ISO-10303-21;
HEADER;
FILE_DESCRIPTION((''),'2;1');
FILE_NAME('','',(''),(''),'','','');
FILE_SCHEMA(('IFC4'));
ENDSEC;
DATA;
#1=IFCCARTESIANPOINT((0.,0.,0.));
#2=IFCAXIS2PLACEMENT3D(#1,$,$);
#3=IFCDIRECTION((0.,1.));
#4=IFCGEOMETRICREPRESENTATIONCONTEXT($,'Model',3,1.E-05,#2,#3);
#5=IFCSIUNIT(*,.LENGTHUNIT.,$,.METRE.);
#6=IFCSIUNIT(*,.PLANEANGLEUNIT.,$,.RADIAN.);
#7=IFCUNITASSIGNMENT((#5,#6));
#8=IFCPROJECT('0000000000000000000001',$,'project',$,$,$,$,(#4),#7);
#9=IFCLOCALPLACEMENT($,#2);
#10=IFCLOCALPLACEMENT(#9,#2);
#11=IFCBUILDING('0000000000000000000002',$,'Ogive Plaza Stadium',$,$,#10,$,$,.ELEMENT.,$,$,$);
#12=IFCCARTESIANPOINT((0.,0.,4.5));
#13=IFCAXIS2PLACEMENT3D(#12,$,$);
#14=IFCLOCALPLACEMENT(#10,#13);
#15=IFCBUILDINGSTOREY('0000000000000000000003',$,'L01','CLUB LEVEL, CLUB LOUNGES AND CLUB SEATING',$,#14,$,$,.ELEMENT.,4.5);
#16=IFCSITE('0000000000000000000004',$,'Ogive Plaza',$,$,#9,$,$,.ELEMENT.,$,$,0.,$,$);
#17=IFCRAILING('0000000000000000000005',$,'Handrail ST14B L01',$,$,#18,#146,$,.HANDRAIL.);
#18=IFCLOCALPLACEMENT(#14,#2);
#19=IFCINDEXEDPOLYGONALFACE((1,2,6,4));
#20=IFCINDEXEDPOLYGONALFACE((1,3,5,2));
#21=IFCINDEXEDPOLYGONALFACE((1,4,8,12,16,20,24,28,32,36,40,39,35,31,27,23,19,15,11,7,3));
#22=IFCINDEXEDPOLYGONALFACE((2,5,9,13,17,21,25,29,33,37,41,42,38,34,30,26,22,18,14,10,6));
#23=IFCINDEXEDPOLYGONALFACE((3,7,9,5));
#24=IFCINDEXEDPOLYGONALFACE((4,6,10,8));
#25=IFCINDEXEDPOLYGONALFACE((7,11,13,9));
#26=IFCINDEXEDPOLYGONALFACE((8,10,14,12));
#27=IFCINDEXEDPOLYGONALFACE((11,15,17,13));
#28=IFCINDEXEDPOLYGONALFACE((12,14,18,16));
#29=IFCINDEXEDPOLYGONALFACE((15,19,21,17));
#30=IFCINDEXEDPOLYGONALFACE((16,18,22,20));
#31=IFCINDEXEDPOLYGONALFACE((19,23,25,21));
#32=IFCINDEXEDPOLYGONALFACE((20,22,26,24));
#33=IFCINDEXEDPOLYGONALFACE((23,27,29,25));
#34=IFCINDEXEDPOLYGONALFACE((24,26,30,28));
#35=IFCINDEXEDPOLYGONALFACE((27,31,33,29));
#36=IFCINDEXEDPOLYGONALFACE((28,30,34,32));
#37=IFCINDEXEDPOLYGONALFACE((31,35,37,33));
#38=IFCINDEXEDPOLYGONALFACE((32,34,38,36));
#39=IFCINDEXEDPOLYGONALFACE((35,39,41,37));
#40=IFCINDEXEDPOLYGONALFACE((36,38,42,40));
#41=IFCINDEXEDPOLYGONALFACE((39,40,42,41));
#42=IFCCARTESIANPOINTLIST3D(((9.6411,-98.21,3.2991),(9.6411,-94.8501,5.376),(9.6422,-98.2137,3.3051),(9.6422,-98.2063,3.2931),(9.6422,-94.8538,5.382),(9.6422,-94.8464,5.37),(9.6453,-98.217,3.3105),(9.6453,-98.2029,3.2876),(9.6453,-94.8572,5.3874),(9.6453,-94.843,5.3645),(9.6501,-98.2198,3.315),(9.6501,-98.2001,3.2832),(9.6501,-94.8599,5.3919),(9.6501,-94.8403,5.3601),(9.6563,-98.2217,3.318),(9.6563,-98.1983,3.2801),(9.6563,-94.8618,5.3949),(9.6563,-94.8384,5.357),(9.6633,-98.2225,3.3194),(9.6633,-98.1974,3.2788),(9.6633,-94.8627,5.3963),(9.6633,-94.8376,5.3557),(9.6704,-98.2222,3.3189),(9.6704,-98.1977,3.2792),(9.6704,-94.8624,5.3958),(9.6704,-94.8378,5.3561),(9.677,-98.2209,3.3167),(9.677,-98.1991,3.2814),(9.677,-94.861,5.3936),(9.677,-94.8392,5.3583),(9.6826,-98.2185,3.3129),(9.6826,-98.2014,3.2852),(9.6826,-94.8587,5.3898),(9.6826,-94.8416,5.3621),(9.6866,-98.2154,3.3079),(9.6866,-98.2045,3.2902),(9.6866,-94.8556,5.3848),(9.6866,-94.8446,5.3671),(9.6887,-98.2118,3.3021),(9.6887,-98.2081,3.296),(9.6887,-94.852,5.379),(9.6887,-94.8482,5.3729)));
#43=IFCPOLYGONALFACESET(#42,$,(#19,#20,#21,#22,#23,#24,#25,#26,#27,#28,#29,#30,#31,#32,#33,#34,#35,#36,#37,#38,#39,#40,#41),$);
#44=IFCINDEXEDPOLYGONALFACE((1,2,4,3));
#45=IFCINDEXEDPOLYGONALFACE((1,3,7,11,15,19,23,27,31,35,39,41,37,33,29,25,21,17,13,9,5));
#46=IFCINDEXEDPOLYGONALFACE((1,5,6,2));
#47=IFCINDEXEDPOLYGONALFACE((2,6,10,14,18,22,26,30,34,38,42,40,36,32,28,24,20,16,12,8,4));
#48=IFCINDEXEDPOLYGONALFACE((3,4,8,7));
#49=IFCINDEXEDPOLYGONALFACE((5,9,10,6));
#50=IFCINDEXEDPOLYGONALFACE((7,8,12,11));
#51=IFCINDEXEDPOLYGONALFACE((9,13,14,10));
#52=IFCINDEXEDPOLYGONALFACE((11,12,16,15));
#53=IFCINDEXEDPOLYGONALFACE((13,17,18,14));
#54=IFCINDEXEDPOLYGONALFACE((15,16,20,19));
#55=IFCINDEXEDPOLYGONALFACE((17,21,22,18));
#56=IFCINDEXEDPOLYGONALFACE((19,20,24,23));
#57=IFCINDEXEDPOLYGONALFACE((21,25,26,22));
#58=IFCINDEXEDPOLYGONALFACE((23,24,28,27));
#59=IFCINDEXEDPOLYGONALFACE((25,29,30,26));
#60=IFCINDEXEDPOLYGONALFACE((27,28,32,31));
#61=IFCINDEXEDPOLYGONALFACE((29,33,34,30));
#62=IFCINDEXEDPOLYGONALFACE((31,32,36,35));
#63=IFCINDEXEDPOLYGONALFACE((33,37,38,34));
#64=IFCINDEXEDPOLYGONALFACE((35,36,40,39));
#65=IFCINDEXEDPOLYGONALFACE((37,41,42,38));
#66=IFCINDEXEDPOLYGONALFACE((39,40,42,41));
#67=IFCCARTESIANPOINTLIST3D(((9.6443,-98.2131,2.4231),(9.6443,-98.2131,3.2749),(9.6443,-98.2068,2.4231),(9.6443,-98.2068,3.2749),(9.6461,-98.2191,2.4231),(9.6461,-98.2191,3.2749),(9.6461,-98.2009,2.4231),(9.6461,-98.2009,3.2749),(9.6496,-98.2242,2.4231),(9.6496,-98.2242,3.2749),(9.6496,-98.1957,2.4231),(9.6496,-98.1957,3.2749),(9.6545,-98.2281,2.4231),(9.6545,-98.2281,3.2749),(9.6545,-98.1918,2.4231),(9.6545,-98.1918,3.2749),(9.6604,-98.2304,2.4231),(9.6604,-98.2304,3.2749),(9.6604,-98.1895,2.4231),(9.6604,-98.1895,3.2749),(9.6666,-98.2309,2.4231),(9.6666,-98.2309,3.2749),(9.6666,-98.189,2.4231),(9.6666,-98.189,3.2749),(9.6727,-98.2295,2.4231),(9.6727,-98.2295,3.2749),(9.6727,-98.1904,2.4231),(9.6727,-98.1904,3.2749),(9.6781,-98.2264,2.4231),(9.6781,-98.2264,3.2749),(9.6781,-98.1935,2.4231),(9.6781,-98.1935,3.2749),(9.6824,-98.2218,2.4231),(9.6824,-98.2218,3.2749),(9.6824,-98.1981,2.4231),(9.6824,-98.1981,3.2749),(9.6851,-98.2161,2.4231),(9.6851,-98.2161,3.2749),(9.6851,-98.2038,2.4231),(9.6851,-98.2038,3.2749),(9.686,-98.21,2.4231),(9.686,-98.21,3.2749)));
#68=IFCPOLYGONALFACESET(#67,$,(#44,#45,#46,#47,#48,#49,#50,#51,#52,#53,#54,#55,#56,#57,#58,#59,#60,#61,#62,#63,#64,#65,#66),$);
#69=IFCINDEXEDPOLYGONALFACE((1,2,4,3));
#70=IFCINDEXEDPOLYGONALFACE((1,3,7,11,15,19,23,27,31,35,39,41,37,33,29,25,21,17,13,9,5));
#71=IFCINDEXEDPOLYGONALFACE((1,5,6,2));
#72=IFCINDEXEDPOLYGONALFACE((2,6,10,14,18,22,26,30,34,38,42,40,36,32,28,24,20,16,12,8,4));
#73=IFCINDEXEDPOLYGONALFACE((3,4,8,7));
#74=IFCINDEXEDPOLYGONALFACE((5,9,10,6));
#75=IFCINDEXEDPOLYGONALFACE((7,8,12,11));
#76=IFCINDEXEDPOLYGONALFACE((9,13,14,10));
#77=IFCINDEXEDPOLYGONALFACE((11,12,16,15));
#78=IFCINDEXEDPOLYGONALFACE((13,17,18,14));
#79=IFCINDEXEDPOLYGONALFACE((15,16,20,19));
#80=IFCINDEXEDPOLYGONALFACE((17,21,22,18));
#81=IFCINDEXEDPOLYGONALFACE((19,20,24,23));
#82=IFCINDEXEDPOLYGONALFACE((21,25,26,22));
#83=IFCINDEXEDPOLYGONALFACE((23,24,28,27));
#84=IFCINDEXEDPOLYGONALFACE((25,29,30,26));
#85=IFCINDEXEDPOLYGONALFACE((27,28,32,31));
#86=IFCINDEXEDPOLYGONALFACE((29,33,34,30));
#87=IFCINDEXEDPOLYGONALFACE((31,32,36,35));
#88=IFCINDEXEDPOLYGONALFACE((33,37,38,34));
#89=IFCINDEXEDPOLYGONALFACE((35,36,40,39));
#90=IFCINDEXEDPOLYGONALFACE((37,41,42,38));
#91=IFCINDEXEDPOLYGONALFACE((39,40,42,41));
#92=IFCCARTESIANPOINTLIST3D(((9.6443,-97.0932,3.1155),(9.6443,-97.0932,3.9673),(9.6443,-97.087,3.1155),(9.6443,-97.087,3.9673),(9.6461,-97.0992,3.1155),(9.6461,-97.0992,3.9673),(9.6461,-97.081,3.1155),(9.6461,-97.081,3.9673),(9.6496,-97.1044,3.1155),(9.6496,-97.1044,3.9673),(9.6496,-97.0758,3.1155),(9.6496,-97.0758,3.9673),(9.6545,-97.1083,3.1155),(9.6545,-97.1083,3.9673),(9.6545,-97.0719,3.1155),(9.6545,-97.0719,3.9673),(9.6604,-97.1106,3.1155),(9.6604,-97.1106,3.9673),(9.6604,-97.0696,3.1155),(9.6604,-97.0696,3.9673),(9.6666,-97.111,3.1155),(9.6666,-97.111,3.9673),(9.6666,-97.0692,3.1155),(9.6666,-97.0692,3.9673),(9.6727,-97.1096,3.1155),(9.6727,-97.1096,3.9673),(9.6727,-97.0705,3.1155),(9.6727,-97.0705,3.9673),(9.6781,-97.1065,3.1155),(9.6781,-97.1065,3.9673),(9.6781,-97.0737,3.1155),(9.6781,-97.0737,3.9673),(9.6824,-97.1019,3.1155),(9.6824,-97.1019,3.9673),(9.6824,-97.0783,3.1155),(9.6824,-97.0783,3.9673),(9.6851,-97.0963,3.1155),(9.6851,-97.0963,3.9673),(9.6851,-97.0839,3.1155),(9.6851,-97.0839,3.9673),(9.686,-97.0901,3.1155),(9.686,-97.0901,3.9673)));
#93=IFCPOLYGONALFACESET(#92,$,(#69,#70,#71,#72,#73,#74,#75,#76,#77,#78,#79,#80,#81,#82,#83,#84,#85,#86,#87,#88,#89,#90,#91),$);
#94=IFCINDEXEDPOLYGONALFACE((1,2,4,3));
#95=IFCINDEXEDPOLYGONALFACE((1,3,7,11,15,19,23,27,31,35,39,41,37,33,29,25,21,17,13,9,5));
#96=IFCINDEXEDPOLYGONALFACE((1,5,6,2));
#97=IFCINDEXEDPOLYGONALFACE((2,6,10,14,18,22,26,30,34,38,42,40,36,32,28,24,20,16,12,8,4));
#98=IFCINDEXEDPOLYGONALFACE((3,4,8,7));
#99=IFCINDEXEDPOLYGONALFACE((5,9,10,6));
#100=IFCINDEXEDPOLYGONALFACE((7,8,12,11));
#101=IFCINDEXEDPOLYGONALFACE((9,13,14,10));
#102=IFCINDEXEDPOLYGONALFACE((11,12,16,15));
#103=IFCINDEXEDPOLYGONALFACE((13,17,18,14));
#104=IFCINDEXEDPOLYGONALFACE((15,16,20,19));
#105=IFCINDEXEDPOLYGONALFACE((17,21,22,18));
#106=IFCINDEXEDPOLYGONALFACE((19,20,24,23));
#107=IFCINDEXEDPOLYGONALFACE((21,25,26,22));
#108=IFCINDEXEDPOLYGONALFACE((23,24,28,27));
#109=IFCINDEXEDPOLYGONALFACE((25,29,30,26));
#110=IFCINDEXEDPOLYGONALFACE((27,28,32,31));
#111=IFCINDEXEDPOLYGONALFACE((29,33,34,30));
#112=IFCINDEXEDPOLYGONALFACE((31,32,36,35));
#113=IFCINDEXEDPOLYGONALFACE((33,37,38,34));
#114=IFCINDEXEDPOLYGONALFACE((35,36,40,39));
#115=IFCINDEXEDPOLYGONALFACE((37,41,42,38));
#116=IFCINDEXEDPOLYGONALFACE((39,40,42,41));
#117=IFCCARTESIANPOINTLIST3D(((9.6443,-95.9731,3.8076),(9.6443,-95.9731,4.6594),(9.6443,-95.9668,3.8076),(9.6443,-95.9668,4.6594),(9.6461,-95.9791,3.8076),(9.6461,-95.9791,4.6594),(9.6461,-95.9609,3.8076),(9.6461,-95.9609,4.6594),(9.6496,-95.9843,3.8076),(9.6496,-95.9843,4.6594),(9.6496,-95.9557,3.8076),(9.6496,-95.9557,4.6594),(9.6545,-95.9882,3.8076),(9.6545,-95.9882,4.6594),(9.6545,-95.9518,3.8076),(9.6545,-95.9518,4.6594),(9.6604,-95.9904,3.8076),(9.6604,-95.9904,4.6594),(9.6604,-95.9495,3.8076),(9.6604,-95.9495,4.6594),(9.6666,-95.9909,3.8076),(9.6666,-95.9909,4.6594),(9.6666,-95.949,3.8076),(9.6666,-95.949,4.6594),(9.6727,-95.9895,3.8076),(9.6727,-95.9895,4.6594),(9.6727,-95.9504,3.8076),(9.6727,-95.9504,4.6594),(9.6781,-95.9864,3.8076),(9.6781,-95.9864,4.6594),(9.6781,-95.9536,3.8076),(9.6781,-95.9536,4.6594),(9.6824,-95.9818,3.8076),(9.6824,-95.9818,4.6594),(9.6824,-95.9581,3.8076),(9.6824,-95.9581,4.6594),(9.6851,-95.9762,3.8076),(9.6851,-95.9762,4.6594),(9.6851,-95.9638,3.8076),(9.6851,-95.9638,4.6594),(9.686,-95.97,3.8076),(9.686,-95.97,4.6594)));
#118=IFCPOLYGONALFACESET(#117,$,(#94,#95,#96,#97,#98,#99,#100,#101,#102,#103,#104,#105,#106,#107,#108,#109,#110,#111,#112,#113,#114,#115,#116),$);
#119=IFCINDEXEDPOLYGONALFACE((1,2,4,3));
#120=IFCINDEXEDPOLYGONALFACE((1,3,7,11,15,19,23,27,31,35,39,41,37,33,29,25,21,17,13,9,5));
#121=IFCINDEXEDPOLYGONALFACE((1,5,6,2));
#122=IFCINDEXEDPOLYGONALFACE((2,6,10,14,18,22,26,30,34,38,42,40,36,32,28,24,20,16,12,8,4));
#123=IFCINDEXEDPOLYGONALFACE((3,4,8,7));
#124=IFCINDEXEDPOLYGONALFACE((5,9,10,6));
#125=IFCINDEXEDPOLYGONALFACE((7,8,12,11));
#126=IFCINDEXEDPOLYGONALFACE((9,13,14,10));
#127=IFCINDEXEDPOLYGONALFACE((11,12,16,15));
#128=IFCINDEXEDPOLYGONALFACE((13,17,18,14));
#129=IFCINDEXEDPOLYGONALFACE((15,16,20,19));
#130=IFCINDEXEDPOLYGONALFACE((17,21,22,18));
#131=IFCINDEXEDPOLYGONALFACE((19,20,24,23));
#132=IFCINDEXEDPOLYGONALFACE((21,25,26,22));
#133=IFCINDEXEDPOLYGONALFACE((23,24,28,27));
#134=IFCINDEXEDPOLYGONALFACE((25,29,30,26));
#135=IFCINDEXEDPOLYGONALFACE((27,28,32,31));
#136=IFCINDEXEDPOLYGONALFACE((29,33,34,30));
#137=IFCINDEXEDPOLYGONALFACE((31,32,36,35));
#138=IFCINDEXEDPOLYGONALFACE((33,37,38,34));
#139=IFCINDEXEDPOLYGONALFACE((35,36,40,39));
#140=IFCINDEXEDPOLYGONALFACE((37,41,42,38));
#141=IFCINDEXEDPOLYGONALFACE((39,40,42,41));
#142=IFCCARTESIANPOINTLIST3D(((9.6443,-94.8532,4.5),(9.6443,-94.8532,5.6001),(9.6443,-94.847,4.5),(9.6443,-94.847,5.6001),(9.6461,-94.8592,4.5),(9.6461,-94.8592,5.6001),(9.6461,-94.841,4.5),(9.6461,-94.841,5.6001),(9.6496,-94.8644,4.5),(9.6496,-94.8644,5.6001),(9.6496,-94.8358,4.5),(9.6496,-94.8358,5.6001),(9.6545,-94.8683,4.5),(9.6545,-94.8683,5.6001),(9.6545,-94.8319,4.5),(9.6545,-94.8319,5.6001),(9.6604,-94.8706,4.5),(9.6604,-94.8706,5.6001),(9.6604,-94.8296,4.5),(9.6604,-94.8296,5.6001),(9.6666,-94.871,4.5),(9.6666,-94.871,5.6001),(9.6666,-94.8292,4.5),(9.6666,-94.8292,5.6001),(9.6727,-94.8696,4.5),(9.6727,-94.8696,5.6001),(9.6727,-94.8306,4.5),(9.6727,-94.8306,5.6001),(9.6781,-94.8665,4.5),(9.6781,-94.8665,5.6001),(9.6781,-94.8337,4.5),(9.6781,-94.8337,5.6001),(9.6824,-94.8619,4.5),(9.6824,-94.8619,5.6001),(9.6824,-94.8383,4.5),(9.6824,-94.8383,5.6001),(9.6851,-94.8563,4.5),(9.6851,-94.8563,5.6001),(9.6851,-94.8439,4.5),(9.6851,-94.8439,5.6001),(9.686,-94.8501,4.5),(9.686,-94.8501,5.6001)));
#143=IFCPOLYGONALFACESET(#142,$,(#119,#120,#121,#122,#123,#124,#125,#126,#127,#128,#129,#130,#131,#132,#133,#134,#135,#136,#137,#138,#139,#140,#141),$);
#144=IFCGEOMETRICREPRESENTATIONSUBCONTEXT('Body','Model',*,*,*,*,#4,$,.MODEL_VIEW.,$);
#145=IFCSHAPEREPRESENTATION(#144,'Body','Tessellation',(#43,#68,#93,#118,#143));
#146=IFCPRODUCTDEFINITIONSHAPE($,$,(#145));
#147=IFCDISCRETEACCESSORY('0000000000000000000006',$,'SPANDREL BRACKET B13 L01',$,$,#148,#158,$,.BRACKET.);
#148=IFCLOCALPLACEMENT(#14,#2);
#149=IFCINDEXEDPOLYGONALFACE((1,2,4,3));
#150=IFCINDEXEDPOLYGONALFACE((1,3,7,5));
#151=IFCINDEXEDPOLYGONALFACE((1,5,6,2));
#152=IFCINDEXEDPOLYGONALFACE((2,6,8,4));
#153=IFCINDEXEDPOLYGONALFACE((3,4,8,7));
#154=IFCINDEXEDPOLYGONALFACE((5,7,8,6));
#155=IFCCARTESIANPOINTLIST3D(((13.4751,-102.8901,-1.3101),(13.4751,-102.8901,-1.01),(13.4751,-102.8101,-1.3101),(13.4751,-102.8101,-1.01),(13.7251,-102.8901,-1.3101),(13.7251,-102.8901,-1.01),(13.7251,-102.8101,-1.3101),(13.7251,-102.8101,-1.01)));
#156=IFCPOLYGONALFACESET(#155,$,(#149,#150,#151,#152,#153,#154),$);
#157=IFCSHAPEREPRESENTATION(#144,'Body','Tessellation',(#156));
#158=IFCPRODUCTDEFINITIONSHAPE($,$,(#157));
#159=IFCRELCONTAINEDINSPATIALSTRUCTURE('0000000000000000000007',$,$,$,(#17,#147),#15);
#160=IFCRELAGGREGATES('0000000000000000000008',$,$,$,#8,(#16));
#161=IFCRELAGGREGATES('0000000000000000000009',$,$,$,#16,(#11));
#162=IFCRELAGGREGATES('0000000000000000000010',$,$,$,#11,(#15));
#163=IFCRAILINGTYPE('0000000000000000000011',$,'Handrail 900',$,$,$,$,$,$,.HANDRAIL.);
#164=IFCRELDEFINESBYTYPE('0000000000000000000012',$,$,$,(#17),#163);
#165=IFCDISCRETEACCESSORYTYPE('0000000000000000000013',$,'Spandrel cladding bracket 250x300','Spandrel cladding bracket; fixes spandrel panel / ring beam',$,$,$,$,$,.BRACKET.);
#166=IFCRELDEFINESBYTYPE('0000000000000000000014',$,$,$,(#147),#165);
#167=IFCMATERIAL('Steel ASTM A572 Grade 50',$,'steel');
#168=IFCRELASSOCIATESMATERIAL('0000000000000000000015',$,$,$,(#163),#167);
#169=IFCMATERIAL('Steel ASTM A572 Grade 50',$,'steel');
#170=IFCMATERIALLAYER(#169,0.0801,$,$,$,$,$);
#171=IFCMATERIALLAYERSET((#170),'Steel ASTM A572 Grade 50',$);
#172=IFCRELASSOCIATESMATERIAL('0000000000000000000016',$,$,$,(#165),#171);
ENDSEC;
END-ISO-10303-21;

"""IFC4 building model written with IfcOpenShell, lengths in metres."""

from ifc_helpers import new_model, si_unit, direction, frame, origin, origin_2d, place, context, subcontext, project, spatial, rectangle, circle, extrude, material, layer, layer_set, type_object, element, save


model = new_model("IFC4")

# Units and contexts
model_context = context("Model", 3, precision=1e-05, world=origin(), true_north=direction((0.0, 1.0)))
body_context = subcontext(model_context, "Body", "Model", "MODEL_VIEW")
ifc_project = project(units=[si_unit("LENGTHUNIT", "METRE"), si_unit("PLANEANGLEUNIT", "RADIAN")], contexts=[model_context])

# Site, building, storey
site_placement = place(None, origin())
site = spatial("IfcSite", under=ifc_project, at=site_placement, Name="Ogive Plaza", CompositionType="ELEMENT", RefElevation=0.0)
building_placement = place(site_placement, origin())
building = spatial("IfcBuilding", under=site, at=building_placement, Name="Ogive Plaza Stadium", CompositionType="ELEMENT")
storey_placement = place(building_placement, frame((0.0, 0.0, 4.5)))
storey = spatial("IfcBuildingStorey", under=building, at=storey_placement, Name="L01", Description="CLUB LEVEL, CLUB LOUNGES AND CLUB SEATING", CompositionType="ELEMENT", Elevation=4.5)

# Railing
ifc_material_1 = material(Name="Steel ASTM A572 Grade 50", Category="steel")
railing_type_1 = type_object("IfcRailingType", Name="Handrail 900", PredefinedType="HANDRAIL", material=ifc_material_1)
for number, where, name in (
    (1, (9.665, -98.21, 2.4231), "Handrail ST14B L01"),
):
    element("IfcRailing", number, at=place(storey_placement, frame(where)), inside=storey, type_object=railing_type_1, Name=name, PredefinedType="HANDRAIL", context=body_context, shape_type="SweptSolid", body=[
        extrude(circle(Radius=0.0239, at=origin_2d()), frame((0.0, 0.0, 0.876), z_axis=(0.0, 0.850606, 0.525803), x_axis=(-1.0, 0.0, 0.0)), (0.0, 0.0, 1.0), 3.95),
        extrude(circle(Radius=0.021, at=origin_2d()), origin(), (0.0, 0.0, 1.0), 0.8518),
        extrude(circle(Radius=0.021, at=origin_2d()), frame((0.0, 1.1199, 0.6924)), (0.0, 0.0, 1.0), 0.8518),
        extrude(circle(Radius=0.021, at=origin_2d()), frame((0.0, 2.24, 1.3845)), (0.0, 0.0, 1.0), 0.8518),
        extrude(circle(Radius=0.021, at=origin_2d()), frame((0.0, 3.3599, 2.0769)), (0.0, 0.0, 1.0), 1.1001),
    ])

# Discrete accessory
ifc_material_2 = material(Name="Steel ASTM A572 Grade 50", Category="steel")
ifc_layer_1 = layer(ifc_material_2, 0.0801)
ifc_layer_set_1 = layer_set([ifc_layer_1], Name="Steel ASTM A572 Grade 50")
discrete_accessory_type = type_object("IfcDiscreteAccessoryType", Name="Spandrel cladding bracket 250x300", Description="Spandrel cladding bracket; fixes spandrel panel / ring beam", PredefinedType="BRACKET", material=ifc_layer_set_1)
discrete_accessory_placement = place(storey_placement, frame((13.6001, -102.8501, -1.3101), z_axis=(0.0, 0.0, 1.0), x_axis=(-1.0, 0.0, 0.0)))
element("IfcDiscreteAccessory", 2, at=discrete_accessory_placement, inside=storey, type_object=discrete_accessory_type, Name="SPANDREL BRACKET B13 L01", PredefinedType="BRACKET", context=body_context, shape_type="SweptSolid", body=[
    extrude(rectangle(XDim=0.25, YDim=0.0801, at=origin_2d()), origin(), (0.0, 0.0, 1.0), 0.3),
])

save(model, "model.ifc")
